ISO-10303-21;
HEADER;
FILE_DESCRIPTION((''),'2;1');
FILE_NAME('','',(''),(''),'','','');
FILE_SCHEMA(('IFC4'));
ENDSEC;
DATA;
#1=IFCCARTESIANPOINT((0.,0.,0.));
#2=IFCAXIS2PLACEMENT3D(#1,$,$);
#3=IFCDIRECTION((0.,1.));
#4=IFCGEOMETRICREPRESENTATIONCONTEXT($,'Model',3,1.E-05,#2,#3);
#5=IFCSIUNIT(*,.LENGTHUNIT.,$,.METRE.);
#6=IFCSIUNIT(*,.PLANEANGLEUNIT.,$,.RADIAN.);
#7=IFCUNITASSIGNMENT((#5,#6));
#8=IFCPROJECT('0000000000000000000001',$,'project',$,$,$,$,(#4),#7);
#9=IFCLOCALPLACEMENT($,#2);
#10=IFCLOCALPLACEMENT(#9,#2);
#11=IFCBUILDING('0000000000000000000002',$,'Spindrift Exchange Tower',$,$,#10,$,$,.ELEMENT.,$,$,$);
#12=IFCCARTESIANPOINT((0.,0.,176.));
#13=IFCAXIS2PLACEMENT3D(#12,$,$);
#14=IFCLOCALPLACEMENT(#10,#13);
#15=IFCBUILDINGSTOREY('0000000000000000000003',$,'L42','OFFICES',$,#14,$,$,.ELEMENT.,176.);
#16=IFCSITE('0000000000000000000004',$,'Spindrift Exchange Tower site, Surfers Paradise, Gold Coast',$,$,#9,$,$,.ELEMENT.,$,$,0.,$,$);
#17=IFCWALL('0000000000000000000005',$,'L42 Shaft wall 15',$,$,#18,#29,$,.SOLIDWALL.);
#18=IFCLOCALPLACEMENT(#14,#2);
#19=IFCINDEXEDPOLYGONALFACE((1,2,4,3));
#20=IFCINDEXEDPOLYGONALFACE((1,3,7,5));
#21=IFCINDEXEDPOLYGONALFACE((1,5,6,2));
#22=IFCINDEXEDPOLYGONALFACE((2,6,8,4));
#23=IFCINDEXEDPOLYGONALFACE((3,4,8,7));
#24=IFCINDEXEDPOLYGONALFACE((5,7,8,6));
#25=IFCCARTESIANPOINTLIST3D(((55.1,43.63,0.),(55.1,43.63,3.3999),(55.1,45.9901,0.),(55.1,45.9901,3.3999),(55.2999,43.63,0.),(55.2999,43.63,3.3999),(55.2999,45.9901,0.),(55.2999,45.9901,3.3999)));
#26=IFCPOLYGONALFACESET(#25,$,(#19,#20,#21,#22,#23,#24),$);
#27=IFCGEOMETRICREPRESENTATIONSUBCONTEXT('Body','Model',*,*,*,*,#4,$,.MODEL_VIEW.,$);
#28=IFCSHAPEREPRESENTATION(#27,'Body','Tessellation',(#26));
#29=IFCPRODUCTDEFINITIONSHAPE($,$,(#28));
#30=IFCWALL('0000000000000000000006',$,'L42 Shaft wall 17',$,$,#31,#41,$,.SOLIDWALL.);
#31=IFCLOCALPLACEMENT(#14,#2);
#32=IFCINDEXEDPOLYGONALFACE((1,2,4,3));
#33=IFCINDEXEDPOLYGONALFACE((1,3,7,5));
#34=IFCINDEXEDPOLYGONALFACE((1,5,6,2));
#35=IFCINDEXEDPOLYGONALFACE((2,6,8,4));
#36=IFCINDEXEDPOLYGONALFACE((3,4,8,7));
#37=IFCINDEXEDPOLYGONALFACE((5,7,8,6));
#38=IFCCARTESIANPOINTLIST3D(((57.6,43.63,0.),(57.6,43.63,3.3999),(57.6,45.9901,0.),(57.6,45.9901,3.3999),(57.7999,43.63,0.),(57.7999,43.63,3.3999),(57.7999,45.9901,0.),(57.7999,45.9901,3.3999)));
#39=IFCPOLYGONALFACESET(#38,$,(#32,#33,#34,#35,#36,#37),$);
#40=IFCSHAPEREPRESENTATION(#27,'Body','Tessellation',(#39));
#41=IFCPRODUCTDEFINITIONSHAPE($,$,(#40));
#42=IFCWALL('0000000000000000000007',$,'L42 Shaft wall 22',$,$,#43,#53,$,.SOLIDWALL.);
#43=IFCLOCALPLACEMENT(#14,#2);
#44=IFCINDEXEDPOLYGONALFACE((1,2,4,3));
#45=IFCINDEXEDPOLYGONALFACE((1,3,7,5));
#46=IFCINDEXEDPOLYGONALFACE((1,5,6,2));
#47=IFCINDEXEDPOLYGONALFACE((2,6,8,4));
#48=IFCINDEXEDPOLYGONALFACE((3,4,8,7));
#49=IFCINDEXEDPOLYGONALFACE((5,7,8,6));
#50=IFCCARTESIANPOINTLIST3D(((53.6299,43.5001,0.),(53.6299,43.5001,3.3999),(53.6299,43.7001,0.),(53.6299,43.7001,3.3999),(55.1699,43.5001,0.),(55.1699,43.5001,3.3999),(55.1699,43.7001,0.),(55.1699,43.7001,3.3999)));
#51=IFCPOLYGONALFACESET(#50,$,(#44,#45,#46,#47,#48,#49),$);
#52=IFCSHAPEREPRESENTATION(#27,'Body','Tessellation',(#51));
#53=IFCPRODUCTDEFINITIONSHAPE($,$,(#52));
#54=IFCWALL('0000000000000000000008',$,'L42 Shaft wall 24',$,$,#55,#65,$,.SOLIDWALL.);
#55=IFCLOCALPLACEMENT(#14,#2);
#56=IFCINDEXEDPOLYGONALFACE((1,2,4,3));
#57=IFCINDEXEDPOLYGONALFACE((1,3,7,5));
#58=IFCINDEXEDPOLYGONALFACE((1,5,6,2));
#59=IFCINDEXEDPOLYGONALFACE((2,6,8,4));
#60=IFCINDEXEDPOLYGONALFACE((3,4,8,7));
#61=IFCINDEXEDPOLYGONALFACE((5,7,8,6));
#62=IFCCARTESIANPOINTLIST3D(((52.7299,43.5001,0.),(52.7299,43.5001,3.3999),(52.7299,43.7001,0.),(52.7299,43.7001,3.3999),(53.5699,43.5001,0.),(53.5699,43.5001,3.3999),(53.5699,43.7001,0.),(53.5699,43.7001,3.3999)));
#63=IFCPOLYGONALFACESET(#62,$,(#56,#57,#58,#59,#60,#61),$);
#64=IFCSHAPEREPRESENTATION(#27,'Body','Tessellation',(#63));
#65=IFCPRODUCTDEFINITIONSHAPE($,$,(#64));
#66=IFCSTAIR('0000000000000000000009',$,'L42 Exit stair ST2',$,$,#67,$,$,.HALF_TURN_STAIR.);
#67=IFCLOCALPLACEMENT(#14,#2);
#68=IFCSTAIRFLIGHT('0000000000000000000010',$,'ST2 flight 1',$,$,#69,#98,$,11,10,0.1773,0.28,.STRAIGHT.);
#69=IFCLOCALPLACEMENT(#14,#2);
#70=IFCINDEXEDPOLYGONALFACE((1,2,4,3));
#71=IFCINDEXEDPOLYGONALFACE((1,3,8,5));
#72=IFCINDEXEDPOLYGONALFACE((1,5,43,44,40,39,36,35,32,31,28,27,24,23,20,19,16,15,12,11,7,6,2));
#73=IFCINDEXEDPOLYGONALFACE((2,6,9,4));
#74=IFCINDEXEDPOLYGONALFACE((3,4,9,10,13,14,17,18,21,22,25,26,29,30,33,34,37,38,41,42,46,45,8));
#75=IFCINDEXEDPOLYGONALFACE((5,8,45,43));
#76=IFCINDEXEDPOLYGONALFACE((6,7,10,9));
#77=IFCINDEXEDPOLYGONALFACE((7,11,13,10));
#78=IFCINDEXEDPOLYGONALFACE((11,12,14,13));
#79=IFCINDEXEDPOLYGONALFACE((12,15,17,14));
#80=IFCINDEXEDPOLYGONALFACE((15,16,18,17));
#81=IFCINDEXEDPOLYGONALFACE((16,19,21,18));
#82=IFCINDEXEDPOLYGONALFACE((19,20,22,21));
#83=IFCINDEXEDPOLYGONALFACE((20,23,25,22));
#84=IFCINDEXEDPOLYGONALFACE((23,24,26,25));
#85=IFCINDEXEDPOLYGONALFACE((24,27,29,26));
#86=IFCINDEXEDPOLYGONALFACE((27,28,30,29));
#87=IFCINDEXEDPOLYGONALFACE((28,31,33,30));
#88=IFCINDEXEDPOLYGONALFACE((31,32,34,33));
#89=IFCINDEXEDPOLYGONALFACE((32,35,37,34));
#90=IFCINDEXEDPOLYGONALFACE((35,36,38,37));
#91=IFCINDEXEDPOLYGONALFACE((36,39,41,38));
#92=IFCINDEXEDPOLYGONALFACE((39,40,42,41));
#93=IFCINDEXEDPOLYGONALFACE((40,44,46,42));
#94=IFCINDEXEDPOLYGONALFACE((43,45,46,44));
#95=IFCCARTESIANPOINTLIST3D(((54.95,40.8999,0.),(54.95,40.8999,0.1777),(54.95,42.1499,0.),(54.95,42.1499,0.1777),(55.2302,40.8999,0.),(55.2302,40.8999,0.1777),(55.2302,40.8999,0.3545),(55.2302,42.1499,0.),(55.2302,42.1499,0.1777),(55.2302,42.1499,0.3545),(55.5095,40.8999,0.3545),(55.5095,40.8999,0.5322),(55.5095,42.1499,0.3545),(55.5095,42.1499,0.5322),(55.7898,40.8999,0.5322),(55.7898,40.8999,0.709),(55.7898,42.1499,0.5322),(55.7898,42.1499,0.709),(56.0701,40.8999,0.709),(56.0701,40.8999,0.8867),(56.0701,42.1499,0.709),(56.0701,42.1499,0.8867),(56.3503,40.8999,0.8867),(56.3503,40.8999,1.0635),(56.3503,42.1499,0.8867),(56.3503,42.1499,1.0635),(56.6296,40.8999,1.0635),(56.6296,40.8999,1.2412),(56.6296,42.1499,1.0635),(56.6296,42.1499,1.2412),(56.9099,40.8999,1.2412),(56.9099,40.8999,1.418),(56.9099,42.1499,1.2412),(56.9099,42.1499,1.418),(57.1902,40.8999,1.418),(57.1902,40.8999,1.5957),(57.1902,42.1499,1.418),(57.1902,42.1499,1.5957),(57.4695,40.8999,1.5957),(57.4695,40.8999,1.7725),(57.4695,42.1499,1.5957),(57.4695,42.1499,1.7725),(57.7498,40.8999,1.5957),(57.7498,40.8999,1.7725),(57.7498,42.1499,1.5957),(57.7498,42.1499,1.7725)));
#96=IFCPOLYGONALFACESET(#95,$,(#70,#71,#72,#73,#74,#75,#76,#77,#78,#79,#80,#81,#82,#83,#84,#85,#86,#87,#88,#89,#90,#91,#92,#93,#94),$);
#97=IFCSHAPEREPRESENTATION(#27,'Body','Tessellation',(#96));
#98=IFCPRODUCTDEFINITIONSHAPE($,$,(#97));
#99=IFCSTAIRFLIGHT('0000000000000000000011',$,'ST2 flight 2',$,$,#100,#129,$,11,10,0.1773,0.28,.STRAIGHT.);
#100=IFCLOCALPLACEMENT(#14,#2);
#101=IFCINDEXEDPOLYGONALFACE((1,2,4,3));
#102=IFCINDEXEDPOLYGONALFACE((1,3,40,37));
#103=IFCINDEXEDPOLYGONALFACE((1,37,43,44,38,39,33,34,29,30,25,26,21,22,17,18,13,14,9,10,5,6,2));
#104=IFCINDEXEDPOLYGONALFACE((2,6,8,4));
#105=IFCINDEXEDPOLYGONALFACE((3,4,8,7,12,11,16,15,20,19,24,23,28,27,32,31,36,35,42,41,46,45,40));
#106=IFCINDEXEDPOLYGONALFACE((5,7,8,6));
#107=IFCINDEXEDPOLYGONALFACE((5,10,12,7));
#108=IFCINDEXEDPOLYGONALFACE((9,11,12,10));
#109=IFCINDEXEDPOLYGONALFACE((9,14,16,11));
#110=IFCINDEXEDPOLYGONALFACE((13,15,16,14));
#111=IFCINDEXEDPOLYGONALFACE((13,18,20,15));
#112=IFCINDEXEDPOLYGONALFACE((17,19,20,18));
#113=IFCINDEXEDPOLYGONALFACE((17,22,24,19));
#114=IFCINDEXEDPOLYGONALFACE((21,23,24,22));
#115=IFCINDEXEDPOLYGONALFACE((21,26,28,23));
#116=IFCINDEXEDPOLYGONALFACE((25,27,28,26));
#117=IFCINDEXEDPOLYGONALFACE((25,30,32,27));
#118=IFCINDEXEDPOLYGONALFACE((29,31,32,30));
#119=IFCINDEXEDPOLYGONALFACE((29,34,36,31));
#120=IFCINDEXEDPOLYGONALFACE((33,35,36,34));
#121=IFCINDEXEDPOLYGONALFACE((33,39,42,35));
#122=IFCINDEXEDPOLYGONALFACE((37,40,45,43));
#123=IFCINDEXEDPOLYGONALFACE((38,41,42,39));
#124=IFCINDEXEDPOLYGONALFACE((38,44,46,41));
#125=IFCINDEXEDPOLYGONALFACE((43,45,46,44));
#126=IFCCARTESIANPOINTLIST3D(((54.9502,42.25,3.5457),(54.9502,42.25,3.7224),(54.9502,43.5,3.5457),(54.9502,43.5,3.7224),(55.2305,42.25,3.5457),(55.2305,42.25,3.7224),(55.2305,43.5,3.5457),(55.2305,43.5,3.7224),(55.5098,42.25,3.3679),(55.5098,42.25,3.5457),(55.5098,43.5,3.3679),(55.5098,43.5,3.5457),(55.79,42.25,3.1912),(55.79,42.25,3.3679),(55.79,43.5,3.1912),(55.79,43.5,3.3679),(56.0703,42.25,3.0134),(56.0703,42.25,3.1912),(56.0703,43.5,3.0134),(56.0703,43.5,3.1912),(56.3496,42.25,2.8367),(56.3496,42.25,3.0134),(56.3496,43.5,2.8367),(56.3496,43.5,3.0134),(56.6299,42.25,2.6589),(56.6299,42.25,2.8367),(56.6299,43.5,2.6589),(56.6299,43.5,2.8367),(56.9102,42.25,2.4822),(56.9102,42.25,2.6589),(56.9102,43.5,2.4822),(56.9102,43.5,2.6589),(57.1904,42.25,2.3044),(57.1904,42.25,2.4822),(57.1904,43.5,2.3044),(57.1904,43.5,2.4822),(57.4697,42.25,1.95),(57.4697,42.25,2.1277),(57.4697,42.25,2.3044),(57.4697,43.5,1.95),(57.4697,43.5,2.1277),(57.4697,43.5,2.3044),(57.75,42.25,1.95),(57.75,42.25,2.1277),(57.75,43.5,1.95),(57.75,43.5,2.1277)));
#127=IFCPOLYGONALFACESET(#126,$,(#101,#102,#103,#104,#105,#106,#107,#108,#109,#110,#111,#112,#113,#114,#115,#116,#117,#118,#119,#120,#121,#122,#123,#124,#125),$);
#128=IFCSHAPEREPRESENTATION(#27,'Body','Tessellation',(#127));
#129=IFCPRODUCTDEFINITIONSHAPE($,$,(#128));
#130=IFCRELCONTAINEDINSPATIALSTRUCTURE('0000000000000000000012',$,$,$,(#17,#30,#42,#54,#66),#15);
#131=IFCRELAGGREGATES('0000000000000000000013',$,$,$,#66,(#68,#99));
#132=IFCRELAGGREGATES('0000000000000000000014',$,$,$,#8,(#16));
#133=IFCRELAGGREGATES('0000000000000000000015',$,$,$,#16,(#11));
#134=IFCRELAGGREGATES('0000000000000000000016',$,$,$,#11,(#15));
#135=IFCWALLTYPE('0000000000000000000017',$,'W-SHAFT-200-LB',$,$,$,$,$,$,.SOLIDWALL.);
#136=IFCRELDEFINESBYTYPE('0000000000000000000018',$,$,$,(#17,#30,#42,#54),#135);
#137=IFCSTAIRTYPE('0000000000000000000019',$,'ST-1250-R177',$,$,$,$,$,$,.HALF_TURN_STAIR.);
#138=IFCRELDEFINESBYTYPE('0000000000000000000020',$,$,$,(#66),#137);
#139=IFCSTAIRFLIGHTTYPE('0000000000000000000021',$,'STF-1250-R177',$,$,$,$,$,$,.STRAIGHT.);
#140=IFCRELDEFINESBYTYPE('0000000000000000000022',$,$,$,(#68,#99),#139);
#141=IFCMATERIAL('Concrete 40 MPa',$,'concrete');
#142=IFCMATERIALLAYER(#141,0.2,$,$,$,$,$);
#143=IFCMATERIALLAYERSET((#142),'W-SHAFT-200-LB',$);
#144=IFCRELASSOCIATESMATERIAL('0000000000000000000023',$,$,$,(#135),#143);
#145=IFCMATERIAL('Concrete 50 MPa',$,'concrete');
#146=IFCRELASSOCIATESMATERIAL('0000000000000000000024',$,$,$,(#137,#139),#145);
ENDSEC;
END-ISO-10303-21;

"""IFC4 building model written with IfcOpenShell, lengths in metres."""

from ifc_helpers import new_model, si_unit, direction, frame, frame_2d, origin, place, context, subcontext, project, spatial, line, indexed_curve, rectangle, outline, extrude, material, layer, layer_set, type_object, element, aggregate, save


model = new_model("IFC4")

# Units and contexts
model_context = context("Model", 3, precision=1e-05, world=origin(), true_north=direction((0.0, 1.0)))
body_context = subcontext(model_context, "Body", "Model", "MODEL_VIEW")
ifc_project = project(units=[si_unit("LENGTHUNIT", "METRE"), si_unit("PLANEANGLEUNIT", "RADIAN")], contexts=[model_context])

# Site, building, storey
site_placement = place(None, origin())
site = spatial("IfcSite", under=ifc_project, at=site_placement, Name="Spindrift Exchange Tower site, Surfers Paradise, Gold Coast", CompositionType="ELEMENT", RefElevation=0.0)
building_placement = place(site_placement, origin())
building = spatial("IfcBuilding", under=site, at=building_placement, Name="Spindrift Exchange Tower", CompositionType="ELEMENT")
storey_placement = place(building_placement, frame((0.0, 0.0, 176.0)))
storey = spatial("IfcBuildingStorey", under=building, at=storey_placement, Name="L42", Description="OFFICES", CompositionType="ELEMENT", Elevation=176.0)

# Shared definitions
ifc_material_1 = material(Name="Concrete 40 MPa", Category="concrete")

# Shared definitions
ifc_layer_1 = layer(ifc_material_1, 0.2)
ifc_layer_set_1 = layer_set([ifc_layer_1], Name="W-SHAFT-200-LB")
wall_type_1 = type_object("IfcWallType", Name="W-SHAFT-200-LB", PredefinedType="SOLIDWALL", material=ifc_layer_set_1)

# Walls
for number, where, z_axis, x_axis, name in (
    (1, (55.2, 43.6299, 0.0), (0.0, 0.0, 1.0), (0.0, 1.0, 0.0), "L42 Shaft wall 15"),
    (2, (57.7, 43.6299, 0.0), (0.0, 0.0, 1.0), (0.0, 1.0, 0.0), "L42 Shaft wall 17"),
):
    element("IfcWall", number, at=place(storey_placement, frame(where, z_axis=z_axis, x_axis=x_axis)), inside=storey, type_object=wall_type_1, Name=name, PredefinedType="SOLIDWALL", context=body_context, shape_type="SweptSolid", body=[
        extrude(rectangle(XDim=2.3601, YDim=0.2, at=frame_2d((1.1802, 0.0))), origin(), (0.0, 0.0, 1.0), 3.3999),
    ])
wall_1_placement = place(storey_placement, frame((53.6299, 43.6001, 0.0), z_axis=(0.0, 0.0, 1.0), x_axis=(1.0, 0.0, 0.0)))
element("IfcWall", 3, at=wall_1_placement, inside=storey, type_object=wall_type_1, Name="L42 Shaft wall 22", PredefinedType="SOLIDWALL", context=body_context, shape_type="SweptSolid", body=[
    extrude(rectangle(XDim=1.54, YDim=0.2, at=frame_2d((0.77, 0.0))), origin(), (0.0, 0.0, 1.0), 3.3999),
])
wall_2_placement = place(storey_placement, frame((52.73, 43.6001, 0.0), z_axis=(0.0, 0.0, 1.0), x_axis=(1.0, 0.0, 0.0)))
element("IfcWall", 4, at=wall_2_placement, inside=storey, type_object=wall_type_1, Name="L42 Shaft wall 24", PredefinedType="SOLIDWALL", context=body_context, shape_type="SweptSolid", body=[
    extrude(rectangle(XDim=0.8401, YDim=0.2, at=frame_2d((0.4199, 0.0))), origin(), (0.0, 0.0, 1.0), 3.3999),
])

# Stair, stair flights
ifc_material_2 = material(Name="Concrete 50 MPa", Category="concrete")
stair_type = type_object("IfcStairType", Name="ST-1250-R177", PredefinedType="HALF_TURN_STAIR", material=ifc_material_2)
stair_placement = place(storey_placement, origin())
stair = element("IfcStair", 5, at=stair_placement, inside=storey, type_object=stair_type, Name="L42 Exit stair ST2", PredefinedType="HALF_TURN_STAIR")
stair_flight_type = type_object("IfcStairFlightType", Name="STF-1250-R177", PredefinedType="STRAIGHT", material=ifc_material_2)
stair_flight_1_placement = place(storey_placement, frame((54.95, 41.5249, 0.0), z_axis=(0.0, 0.0, 1.0), x_axis=(1.0, 0.0, 0.0)))
stair_flight_1 = element("IfcStairFlight", 6, at=stair_flight_1_placement, type_object=stair_flight_type, Name="ST2 flight 1", NumberOfRisers=11, NumberOfTreads=10, PredefinedType="STRAIGHT", RiserHeight=0.1773, TreadLength=0.28, context=body_context, shape_type="SweptSolid", body=[
    extrude(outline(indexed_curve([(0.0, 0.0), (0.0, 0.1777), (0.2803, 0.1777), (0.2803, 0.3545), (0.5596, 0.3545), (0.5596, 0.5322), (0.8398, 0.5322), (0.8398, 0.709), (1.1201, 0.709), (1.1201, 0.8867), (1.4004, 0.8867), (1.4004, 1.0635), (1.6797, 1.0635), (1.6797, 1.2412), (1.96, 1.2412), (1.96, 1.418), (2.2402, 1.418), (2.2402, 1.5957), (2.5195, 1.5957), (2.5195, 1.7725), (2.7998, 1.7725), (2.7998, 1.9502), (2.7998, 1.5957), (0.2803, 0.0)], segments=[line(1, 2, 3, 4, 5, 6, 7, 8, 9, 10, 11, 12, 13, 14, 15, 16, 17, 18, 19, 20, 21, 22, 23, 24, 1)], self_intersect=False)), frame((0.0, 0.625, 0.0), z_axis=(0.0, -1.0, 0.0), x_axis=(1.0, 0.0, 0.0)), (0.0, 0.0, 1.0), 1.25),
])
stair_flight_2_placement = place(storey_placement, frame((57.75, 42.875, 1.95), z_axis=(0.0, 0.0, 1.0), x_axis=(-1.0, 0.0, 0.0)))
stair_flight_2 = element("IfcStairFlight", 7, at=stair_flight_2_placement, type_object=stair_flight_type, Name="ST2 flight 2", NumberOfRisers=11, NumberOfTreads=10, PredefinedType="STRAIGHT", RiserHeight=0.1773, TreadLength=0.28, context=body_context, shape_type="SweptSolid", body=[
    extrude(outline(indexed_curve([(0.0, 0.0), (0.0, 0.1777), (0.2803, 0.1777), (0.2803, 0.3545), (0.5596, 0.3545), (0.5596, 0.5322), (0.8398, 0.5322), (0.8398, 0.709), (1.1201, 0.709), (1.1201, 0.8867), (1.4004, 0.8867), (1.4004, 1.0635), (1.6797, 1.0635), (1.6797, 1.2412), (1.96, 1.2412), (1.96, 1.418), (2.2402, 1.418), (2.2402, 1.5957), (2.5195, 1.5957), (2.5195, 1.7725), (2.7998, 1.7725), (2.7998, 1.9502), (2.7998, 1.5957), (0.2803, 0.0)], segments=[line(1, 2, 3, 4, 5, 6, 7, 8, 9, 10, 11, 12, 13, 14, 15, 16, 17, 18, 19, 20, 21, 22, 23, 24, 1)], self_intersect=False)), frame((0.0, 0.625, 0.0), z_axis=(0.0, -1.0, 0.0), x_axis=(1.0, 0.0, 0.0)), (0.0, 0.0, 1.0), 1.25),
])
aggregate(stair, [stair_flight_1, stair_flight_2])

save(model, "model.ifc")
